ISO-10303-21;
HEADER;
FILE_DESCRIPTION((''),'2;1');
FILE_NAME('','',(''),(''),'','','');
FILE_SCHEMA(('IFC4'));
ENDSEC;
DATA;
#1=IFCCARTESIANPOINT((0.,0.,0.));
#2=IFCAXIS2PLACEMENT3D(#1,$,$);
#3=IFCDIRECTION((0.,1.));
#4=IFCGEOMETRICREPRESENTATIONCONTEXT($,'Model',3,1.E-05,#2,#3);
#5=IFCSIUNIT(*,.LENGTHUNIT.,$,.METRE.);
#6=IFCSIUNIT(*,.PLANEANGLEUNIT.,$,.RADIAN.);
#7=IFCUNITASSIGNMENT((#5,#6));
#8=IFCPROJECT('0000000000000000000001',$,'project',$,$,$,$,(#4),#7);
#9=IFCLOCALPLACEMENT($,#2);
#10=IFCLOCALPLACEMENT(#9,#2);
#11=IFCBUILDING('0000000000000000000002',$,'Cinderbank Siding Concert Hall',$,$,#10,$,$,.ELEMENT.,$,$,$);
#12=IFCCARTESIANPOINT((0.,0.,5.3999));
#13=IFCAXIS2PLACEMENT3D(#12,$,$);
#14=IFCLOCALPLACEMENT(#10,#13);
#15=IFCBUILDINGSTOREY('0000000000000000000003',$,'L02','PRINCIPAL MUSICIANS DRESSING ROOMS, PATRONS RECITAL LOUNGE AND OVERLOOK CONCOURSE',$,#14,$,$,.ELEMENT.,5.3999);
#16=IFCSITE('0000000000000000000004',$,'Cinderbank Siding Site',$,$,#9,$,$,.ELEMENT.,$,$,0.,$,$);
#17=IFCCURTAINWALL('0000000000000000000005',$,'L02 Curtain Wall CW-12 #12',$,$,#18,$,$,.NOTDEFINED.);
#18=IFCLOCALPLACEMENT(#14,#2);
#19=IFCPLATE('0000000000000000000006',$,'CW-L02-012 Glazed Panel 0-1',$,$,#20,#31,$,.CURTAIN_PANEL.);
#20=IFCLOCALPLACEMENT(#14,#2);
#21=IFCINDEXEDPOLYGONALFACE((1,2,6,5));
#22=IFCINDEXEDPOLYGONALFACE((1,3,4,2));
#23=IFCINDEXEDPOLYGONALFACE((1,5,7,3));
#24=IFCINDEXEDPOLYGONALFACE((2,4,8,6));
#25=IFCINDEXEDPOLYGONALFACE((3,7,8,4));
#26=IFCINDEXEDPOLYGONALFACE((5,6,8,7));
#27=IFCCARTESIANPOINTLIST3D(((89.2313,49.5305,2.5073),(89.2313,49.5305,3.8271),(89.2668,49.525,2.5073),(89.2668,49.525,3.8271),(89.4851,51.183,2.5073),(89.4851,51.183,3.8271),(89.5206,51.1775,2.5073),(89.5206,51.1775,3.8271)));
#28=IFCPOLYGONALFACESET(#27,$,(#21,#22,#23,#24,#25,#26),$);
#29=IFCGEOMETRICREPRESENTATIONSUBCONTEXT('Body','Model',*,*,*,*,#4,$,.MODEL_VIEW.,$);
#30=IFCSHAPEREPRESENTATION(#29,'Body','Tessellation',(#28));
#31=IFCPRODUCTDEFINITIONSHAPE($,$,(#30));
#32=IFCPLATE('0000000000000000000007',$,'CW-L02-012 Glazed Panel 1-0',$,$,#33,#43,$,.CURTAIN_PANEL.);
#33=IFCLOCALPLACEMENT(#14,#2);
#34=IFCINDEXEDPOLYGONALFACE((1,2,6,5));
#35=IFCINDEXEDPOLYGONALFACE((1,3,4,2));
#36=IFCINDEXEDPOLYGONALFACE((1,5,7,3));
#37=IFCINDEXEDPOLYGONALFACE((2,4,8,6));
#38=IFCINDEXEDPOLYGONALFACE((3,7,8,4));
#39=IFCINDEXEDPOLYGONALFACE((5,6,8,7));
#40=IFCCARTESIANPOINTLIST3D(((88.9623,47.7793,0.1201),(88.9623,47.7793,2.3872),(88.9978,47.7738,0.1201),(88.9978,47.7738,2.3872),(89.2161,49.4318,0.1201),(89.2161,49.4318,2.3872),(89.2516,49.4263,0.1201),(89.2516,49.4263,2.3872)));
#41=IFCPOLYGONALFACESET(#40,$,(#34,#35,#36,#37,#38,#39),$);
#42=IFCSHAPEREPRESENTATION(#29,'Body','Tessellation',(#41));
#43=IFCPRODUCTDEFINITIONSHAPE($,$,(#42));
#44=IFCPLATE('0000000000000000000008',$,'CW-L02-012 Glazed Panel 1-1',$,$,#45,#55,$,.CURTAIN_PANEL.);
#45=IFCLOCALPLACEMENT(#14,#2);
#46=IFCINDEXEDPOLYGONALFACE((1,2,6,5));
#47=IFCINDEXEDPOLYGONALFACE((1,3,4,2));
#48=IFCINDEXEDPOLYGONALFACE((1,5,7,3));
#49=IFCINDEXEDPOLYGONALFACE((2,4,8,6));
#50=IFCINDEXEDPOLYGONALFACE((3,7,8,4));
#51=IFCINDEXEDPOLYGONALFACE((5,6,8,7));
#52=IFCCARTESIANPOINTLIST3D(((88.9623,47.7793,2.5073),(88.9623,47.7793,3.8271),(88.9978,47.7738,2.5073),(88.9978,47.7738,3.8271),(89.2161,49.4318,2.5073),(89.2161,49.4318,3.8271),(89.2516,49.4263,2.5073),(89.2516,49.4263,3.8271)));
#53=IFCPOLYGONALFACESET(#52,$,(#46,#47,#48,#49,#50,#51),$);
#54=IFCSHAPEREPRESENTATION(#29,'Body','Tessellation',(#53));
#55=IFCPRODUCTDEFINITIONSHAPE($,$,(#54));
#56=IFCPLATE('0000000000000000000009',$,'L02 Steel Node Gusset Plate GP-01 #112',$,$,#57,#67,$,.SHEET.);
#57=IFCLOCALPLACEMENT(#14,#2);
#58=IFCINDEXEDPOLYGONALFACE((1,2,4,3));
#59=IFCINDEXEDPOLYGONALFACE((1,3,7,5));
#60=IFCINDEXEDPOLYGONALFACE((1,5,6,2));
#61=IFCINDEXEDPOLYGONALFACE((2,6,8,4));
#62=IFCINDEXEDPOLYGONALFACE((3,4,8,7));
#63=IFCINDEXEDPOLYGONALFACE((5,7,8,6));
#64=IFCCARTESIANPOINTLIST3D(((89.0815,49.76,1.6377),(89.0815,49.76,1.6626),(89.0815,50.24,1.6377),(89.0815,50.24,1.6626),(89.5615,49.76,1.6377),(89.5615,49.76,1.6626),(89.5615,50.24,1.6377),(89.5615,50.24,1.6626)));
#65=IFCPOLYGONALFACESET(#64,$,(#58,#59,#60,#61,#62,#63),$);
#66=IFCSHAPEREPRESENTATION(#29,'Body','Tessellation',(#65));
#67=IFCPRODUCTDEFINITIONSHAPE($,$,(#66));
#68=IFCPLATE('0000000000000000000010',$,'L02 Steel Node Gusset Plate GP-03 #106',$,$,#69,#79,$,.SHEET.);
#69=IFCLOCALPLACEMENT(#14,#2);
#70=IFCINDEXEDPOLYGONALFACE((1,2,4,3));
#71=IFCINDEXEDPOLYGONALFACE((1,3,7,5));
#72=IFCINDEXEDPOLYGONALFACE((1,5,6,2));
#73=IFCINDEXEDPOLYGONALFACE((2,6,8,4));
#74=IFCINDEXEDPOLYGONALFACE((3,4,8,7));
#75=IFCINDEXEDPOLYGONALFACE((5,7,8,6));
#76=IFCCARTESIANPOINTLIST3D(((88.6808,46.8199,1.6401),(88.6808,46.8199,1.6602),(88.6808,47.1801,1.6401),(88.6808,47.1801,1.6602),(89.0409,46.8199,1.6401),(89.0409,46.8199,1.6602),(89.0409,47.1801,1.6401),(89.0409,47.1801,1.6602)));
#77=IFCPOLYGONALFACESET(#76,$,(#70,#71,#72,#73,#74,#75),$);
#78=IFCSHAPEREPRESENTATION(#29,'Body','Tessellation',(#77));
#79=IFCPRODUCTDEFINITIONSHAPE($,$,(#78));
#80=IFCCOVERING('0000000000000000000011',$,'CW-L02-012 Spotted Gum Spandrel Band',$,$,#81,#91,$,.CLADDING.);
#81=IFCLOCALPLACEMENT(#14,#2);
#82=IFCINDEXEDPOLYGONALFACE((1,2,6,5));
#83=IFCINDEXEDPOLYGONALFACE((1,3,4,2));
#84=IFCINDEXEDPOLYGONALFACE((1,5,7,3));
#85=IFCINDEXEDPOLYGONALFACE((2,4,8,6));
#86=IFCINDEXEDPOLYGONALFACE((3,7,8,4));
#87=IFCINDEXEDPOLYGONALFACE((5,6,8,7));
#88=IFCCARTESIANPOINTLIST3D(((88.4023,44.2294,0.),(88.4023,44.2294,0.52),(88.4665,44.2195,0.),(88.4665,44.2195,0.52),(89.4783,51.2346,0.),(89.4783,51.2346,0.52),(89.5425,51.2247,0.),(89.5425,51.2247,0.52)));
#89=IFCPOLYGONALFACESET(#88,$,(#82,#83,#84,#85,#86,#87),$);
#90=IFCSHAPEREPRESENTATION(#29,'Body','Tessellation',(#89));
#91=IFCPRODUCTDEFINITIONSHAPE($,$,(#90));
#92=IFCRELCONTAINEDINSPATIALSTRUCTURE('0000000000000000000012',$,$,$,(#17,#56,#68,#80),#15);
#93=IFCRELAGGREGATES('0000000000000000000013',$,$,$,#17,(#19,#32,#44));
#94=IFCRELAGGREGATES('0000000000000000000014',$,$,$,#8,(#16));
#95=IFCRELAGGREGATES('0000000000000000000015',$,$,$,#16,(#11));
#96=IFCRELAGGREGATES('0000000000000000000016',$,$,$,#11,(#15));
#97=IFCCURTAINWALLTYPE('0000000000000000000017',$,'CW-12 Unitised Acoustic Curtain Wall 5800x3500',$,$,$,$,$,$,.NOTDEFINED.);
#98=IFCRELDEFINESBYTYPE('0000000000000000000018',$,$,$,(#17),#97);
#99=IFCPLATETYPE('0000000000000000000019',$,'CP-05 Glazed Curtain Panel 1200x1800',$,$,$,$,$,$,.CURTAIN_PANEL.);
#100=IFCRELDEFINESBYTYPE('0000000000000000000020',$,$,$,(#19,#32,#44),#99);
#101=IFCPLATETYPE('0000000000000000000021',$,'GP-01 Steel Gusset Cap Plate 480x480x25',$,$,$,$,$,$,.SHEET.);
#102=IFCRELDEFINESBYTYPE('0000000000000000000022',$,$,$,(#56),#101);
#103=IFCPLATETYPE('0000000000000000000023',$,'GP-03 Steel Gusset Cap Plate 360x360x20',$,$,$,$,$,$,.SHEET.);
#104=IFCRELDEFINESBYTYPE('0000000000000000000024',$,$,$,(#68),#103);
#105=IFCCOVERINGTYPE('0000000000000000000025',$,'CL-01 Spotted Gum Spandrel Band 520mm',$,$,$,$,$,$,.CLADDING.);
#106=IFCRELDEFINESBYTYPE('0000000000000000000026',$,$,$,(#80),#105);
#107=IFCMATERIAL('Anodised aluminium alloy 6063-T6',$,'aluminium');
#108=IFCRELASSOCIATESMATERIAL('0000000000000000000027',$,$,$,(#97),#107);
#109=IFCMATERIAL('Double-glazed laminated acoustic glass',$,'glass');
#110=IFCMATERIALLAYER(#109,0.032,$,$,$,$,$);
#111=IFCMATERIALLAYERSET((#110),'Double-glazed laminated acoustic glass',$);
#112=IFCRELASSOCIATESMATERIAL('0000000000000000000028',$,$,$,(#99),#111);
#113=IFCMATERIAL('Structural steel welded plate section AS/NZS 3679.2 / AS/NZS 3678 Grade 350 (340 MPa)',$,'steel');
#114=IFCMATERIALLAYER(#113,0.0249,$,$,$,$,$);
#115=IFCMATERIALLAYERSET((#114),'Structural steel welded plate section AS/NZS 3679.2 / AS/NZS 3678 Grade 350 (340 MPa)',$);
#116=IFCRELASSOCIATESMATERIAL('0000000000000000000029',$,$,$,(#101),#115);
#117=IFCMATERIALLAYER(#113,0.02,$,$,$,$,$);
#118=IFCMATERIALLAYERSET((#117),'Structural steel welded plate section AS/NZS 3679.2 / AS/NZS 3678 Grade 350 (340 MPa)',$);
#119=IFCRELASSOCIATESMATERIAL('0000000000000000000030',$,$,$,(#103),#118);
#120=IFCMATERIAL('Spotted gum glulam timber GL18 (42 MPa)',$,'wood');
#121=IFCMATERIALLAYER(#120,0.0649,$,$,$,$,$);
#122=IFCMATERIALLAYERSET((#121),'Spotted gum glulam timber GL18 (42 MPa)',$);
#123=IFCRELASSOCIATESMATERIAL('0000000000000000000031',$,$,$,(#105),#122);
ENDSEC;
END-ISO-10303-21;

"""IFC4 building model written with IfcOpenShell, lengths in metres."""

from ifc_helpers import new_model, si_unit, direction, frame, origin, origin_2d, place, context, subcontext, project, spatial, rectangle, extrude, material, layer, layer_set, type_object, element, aggregate, save


model = new_model("IFC4")

# Units and contexts
model_context = context("Model", 3, precision=1e-05, world=origin(), true_north=direction((0.0, 1.0)))
body_context = subcontext(model_context, "Body", "Model", "MODEL_VIEW")
ifc_project = project(units=[si_unit("LENGTHUNIT", "METRE"), si_unit("PLANEANGLEUNIT", "RADIAN")], contexts=[model_context])

# Site, building, storey
site_placement = place(None, origin())
site = spatial("IfcSite", under=ifc_project, at=site_placement, Name="Cinderbank Siding Site", CompositionType="ELEMENT", RefElevation=0.0)
building_placement = place(site_placement, origin())
building = spatial("IfcBuilding", under=site, at=building_placement, Name="Cinderbank Siding Concert Hall", CompositionType="ELEMENT")
storey_placement = place(building_placement, frame((0.0, 0.0, 5.3999)))
storey = spatial("IfcBuildingStorey", under=building, at=storey_placement, Name="L02", Description="PRINCIPAL MUSICIANS DRESSING ROOMS, PATRONS RECITAL LOUNGE AND OVERLOOK CONCOURSE", CompositionType="ELEMENT", Elevation=5.3999)

# Shared definitions
ifc_material_1 = material(Name="Structural steel welded plate section AS/NZS 3679.2 / AS/NZS 3678 Grade 350 (340 MPa)", Category="steel")

# Curtain wall
ifc_material_2 = material(Name="Anodised aluminium alloy 6063-T6", Category="aluminium")
curtain_wall_type_1 = type_object("IfcCurtainWallType", Name="CW-12 Unitised Acoustic Curtain Wall 5800x3500", PredefinedType="NOTDEFINED", material=ifc_material_2)
curtain_wall_1_placement = place(storey_placement, origin())
curtain_wall_1 = element("IfcCurtainWall", 1, at=curtain_wall_1_placement, inside=storey, type_object=curtain_wall_type_1, Name="L02 Curtain Wall CW-12 #12", PredefinedType="NOTDEFINED")

# Plates
ifc_material_3 = material(Name="Double-glazed laminated acoustic glass", Category="glass")
ifc_layer_1 = layer(ifc_material_3, 0.032)
ifc_layer_set_1 = layer_set([ifc_layer_1], Name="Double-glazed laminated acoustic glass")
plate_type_1 = type_object("IfcPlateType", Name="CP-05 Glazed Curtain Panel 1200x1800", PredefinedType="CURTAIN_PANEL", material=ifc_layer_set_1)
plate_1_placement = place(storey_placement, frame((89.376, 50.354, 2.5073), z_axis=(0.0, 0.0, 1.0), x_axis=(-0.151815, -0.988409, 0.0)))
plate_1 = element("IfcPlate", 2, at=plate_1_placement, type_object=plate_type_1, Name="CW-L02-012 Glazed Panel 0-1", PredefinedType="CURTAIN_PANEL", context=body_context, shape_type="SweptSolid", body=[
    extrude(rectangle(XDim=1.6719, YDim=0.0359, at=origin_2d()), origin(), (0.0, 0.0, 1.0), 1.3198),
])
plate_2_placement = place(storey_placement, frame((89.1069, 48.6028, 0.1201), z_axis=(0.0, 0.0, 1.0), x_axis=(-0.151815, -0.988409, 0.0)))
plate_2 = element("IfcPlate", 3, at=plate_2_placement, type_object=plate_type_1, Name="CW-L02-012 Glazed Panel 1-0", PredefinedType="CURTAIN_PANEL", context=body_context, shape_type="SweptSolid", body=[
    extrude(rectangle(XDim=1.6719, YDim=0.0359, at=origin_2d()), origin(), (0.0, 0.0, 1.0), 2.2671),
])
plate_3_placement = place(storey_placement, frame((89.1069, 48.6028, 2.5073), z_axis=(0.0, 0.0, 1.0), x_axis=(-0.151815, -0.988409, 0.0)))
plate_3 = element("IfcPlate", 4, at=plate_3_placement, type_object=plate_type_1, Name="CW-L02-012 Glazed Panel 1-1", PredefinedType="CURTAIN_PANEL", context=body_context, shape_type="SweptSolid", body=[
    extrude(rectangle(XDim=1.6719, YDim=0.0359, at=origin_2d()), origin(), (0.0, 0.0, 1.0), 1.3198),
])
aggregate(curtain_wall_1, [plate_1, plate_2, plate_3])

# Plates
ifc_layer_2 = layer(ifc_material_1, 0.0249)
ifc_layer_set_2 = layer_set([ifc_layer_2], Name="Structural steel welded plate section AS/NZS 3679.2 / AS/NZS 3678 Grade 350 (340 MPa)")
plate_type_2 = type_object("IfcPlateType", Name="GP-01 Steel Gusset Cap Plate 480x480x25", PredefinedType="SHEET", material=ifc_layer_set_2)
plate_4_placement = place(storey_placement, frame((89.3215, 50.0, 1.6377), z_axis=(0.0, 0.0, 1.0), x_axis=(-1.0, 0.0, 0.0)))
element("IfcPlate", 5, at=plate_4_placement, inside=storey, type_object=plate_type_2, Name="L02 Steel Node Gusset Plate GP-01 #112", PredefinedType="SHEET", context=body_context, shape_type="SweptSolid", body=[
    extrude(rectangle(XDim=0.48, YDim=0.48, at=origin_2d()), origin(), (0.0, 0.0, 1.0), 0.0249),
])
ifc_layer_3 = layer(ifc_material_1, 0.02)
ifc_layer_set_3 = layer_set([ifc_layer_3], Name="Structural steel welded plate section AS/NZS 3679.2 / AS/NZS 3678 Grade 350 (340 MPa)")
plate_type_3 = type_object("IfcPlateType", Name="GP-03 Steel Gusset Cap Plate 360x360x20", PredefinedType="SHEET", material=ifc_layer_set_3)
plate_5_placement = place(storey_placement, frame((88.8608, 47.0, 1.6401), z_axis=(0.0, 0.0, 1.0), x_axis=(-1.0, 0.0, 0.0)))
element("IfcPlate", 6, at=plate_5_placement, inside=storey, type_object=plate_type_3, Name="L02 Steel Node Gusset Plate GP-03 #106", PredefinedType="SHEET", context=body_context, shape_type="SweptSolid", body=[
    extrude(rectangle(XDim=0.3601, YDim=0.3601, at=origin_2d()), origin(), (0.0, 0.0, 1.0), 0.02),
])

# Covering
ifc_material_4 = material(Name="Spotted gum glulam timber GL18 (42 MPa)", Category="wood")
ifc_layer_4 = layer(ifc_material_4, 0.0649)
ifc_layer_set_4 = layer_set([ifc_layer_4], Name="Spotted gum glulam timber GL18 (42 MPa)")
covering_type = type_object("IfcCoveringType", Name="CL-01 Spotted Gum Spandrel Band 520mm", PredefinedType="CLADDING", material=ifc_layer_set_4)
covering_placement = place(storey_placement, frame((88.9724, 47.7271, 0.0), z_axis=(0.0, 0.0, 1.0), x_axis=(-0.151815, -0.988409, 0.0)))
element("IfcCovering", 7, at=covering_placement, inside=storey, type_object=covering_type, Name="CW-L02-012 Spotted Gum Spandrel Band", PredefinedType="CLADDING", context=body_context, shape_type="SweptSolid", body=[
    extrude(rectangle(XDim=7.0874, YDim=0.0649, at=origin_2d()), origin(), (0.0, 0.0, 1.0), 0.52),
])

save(model, "model.ifc")
